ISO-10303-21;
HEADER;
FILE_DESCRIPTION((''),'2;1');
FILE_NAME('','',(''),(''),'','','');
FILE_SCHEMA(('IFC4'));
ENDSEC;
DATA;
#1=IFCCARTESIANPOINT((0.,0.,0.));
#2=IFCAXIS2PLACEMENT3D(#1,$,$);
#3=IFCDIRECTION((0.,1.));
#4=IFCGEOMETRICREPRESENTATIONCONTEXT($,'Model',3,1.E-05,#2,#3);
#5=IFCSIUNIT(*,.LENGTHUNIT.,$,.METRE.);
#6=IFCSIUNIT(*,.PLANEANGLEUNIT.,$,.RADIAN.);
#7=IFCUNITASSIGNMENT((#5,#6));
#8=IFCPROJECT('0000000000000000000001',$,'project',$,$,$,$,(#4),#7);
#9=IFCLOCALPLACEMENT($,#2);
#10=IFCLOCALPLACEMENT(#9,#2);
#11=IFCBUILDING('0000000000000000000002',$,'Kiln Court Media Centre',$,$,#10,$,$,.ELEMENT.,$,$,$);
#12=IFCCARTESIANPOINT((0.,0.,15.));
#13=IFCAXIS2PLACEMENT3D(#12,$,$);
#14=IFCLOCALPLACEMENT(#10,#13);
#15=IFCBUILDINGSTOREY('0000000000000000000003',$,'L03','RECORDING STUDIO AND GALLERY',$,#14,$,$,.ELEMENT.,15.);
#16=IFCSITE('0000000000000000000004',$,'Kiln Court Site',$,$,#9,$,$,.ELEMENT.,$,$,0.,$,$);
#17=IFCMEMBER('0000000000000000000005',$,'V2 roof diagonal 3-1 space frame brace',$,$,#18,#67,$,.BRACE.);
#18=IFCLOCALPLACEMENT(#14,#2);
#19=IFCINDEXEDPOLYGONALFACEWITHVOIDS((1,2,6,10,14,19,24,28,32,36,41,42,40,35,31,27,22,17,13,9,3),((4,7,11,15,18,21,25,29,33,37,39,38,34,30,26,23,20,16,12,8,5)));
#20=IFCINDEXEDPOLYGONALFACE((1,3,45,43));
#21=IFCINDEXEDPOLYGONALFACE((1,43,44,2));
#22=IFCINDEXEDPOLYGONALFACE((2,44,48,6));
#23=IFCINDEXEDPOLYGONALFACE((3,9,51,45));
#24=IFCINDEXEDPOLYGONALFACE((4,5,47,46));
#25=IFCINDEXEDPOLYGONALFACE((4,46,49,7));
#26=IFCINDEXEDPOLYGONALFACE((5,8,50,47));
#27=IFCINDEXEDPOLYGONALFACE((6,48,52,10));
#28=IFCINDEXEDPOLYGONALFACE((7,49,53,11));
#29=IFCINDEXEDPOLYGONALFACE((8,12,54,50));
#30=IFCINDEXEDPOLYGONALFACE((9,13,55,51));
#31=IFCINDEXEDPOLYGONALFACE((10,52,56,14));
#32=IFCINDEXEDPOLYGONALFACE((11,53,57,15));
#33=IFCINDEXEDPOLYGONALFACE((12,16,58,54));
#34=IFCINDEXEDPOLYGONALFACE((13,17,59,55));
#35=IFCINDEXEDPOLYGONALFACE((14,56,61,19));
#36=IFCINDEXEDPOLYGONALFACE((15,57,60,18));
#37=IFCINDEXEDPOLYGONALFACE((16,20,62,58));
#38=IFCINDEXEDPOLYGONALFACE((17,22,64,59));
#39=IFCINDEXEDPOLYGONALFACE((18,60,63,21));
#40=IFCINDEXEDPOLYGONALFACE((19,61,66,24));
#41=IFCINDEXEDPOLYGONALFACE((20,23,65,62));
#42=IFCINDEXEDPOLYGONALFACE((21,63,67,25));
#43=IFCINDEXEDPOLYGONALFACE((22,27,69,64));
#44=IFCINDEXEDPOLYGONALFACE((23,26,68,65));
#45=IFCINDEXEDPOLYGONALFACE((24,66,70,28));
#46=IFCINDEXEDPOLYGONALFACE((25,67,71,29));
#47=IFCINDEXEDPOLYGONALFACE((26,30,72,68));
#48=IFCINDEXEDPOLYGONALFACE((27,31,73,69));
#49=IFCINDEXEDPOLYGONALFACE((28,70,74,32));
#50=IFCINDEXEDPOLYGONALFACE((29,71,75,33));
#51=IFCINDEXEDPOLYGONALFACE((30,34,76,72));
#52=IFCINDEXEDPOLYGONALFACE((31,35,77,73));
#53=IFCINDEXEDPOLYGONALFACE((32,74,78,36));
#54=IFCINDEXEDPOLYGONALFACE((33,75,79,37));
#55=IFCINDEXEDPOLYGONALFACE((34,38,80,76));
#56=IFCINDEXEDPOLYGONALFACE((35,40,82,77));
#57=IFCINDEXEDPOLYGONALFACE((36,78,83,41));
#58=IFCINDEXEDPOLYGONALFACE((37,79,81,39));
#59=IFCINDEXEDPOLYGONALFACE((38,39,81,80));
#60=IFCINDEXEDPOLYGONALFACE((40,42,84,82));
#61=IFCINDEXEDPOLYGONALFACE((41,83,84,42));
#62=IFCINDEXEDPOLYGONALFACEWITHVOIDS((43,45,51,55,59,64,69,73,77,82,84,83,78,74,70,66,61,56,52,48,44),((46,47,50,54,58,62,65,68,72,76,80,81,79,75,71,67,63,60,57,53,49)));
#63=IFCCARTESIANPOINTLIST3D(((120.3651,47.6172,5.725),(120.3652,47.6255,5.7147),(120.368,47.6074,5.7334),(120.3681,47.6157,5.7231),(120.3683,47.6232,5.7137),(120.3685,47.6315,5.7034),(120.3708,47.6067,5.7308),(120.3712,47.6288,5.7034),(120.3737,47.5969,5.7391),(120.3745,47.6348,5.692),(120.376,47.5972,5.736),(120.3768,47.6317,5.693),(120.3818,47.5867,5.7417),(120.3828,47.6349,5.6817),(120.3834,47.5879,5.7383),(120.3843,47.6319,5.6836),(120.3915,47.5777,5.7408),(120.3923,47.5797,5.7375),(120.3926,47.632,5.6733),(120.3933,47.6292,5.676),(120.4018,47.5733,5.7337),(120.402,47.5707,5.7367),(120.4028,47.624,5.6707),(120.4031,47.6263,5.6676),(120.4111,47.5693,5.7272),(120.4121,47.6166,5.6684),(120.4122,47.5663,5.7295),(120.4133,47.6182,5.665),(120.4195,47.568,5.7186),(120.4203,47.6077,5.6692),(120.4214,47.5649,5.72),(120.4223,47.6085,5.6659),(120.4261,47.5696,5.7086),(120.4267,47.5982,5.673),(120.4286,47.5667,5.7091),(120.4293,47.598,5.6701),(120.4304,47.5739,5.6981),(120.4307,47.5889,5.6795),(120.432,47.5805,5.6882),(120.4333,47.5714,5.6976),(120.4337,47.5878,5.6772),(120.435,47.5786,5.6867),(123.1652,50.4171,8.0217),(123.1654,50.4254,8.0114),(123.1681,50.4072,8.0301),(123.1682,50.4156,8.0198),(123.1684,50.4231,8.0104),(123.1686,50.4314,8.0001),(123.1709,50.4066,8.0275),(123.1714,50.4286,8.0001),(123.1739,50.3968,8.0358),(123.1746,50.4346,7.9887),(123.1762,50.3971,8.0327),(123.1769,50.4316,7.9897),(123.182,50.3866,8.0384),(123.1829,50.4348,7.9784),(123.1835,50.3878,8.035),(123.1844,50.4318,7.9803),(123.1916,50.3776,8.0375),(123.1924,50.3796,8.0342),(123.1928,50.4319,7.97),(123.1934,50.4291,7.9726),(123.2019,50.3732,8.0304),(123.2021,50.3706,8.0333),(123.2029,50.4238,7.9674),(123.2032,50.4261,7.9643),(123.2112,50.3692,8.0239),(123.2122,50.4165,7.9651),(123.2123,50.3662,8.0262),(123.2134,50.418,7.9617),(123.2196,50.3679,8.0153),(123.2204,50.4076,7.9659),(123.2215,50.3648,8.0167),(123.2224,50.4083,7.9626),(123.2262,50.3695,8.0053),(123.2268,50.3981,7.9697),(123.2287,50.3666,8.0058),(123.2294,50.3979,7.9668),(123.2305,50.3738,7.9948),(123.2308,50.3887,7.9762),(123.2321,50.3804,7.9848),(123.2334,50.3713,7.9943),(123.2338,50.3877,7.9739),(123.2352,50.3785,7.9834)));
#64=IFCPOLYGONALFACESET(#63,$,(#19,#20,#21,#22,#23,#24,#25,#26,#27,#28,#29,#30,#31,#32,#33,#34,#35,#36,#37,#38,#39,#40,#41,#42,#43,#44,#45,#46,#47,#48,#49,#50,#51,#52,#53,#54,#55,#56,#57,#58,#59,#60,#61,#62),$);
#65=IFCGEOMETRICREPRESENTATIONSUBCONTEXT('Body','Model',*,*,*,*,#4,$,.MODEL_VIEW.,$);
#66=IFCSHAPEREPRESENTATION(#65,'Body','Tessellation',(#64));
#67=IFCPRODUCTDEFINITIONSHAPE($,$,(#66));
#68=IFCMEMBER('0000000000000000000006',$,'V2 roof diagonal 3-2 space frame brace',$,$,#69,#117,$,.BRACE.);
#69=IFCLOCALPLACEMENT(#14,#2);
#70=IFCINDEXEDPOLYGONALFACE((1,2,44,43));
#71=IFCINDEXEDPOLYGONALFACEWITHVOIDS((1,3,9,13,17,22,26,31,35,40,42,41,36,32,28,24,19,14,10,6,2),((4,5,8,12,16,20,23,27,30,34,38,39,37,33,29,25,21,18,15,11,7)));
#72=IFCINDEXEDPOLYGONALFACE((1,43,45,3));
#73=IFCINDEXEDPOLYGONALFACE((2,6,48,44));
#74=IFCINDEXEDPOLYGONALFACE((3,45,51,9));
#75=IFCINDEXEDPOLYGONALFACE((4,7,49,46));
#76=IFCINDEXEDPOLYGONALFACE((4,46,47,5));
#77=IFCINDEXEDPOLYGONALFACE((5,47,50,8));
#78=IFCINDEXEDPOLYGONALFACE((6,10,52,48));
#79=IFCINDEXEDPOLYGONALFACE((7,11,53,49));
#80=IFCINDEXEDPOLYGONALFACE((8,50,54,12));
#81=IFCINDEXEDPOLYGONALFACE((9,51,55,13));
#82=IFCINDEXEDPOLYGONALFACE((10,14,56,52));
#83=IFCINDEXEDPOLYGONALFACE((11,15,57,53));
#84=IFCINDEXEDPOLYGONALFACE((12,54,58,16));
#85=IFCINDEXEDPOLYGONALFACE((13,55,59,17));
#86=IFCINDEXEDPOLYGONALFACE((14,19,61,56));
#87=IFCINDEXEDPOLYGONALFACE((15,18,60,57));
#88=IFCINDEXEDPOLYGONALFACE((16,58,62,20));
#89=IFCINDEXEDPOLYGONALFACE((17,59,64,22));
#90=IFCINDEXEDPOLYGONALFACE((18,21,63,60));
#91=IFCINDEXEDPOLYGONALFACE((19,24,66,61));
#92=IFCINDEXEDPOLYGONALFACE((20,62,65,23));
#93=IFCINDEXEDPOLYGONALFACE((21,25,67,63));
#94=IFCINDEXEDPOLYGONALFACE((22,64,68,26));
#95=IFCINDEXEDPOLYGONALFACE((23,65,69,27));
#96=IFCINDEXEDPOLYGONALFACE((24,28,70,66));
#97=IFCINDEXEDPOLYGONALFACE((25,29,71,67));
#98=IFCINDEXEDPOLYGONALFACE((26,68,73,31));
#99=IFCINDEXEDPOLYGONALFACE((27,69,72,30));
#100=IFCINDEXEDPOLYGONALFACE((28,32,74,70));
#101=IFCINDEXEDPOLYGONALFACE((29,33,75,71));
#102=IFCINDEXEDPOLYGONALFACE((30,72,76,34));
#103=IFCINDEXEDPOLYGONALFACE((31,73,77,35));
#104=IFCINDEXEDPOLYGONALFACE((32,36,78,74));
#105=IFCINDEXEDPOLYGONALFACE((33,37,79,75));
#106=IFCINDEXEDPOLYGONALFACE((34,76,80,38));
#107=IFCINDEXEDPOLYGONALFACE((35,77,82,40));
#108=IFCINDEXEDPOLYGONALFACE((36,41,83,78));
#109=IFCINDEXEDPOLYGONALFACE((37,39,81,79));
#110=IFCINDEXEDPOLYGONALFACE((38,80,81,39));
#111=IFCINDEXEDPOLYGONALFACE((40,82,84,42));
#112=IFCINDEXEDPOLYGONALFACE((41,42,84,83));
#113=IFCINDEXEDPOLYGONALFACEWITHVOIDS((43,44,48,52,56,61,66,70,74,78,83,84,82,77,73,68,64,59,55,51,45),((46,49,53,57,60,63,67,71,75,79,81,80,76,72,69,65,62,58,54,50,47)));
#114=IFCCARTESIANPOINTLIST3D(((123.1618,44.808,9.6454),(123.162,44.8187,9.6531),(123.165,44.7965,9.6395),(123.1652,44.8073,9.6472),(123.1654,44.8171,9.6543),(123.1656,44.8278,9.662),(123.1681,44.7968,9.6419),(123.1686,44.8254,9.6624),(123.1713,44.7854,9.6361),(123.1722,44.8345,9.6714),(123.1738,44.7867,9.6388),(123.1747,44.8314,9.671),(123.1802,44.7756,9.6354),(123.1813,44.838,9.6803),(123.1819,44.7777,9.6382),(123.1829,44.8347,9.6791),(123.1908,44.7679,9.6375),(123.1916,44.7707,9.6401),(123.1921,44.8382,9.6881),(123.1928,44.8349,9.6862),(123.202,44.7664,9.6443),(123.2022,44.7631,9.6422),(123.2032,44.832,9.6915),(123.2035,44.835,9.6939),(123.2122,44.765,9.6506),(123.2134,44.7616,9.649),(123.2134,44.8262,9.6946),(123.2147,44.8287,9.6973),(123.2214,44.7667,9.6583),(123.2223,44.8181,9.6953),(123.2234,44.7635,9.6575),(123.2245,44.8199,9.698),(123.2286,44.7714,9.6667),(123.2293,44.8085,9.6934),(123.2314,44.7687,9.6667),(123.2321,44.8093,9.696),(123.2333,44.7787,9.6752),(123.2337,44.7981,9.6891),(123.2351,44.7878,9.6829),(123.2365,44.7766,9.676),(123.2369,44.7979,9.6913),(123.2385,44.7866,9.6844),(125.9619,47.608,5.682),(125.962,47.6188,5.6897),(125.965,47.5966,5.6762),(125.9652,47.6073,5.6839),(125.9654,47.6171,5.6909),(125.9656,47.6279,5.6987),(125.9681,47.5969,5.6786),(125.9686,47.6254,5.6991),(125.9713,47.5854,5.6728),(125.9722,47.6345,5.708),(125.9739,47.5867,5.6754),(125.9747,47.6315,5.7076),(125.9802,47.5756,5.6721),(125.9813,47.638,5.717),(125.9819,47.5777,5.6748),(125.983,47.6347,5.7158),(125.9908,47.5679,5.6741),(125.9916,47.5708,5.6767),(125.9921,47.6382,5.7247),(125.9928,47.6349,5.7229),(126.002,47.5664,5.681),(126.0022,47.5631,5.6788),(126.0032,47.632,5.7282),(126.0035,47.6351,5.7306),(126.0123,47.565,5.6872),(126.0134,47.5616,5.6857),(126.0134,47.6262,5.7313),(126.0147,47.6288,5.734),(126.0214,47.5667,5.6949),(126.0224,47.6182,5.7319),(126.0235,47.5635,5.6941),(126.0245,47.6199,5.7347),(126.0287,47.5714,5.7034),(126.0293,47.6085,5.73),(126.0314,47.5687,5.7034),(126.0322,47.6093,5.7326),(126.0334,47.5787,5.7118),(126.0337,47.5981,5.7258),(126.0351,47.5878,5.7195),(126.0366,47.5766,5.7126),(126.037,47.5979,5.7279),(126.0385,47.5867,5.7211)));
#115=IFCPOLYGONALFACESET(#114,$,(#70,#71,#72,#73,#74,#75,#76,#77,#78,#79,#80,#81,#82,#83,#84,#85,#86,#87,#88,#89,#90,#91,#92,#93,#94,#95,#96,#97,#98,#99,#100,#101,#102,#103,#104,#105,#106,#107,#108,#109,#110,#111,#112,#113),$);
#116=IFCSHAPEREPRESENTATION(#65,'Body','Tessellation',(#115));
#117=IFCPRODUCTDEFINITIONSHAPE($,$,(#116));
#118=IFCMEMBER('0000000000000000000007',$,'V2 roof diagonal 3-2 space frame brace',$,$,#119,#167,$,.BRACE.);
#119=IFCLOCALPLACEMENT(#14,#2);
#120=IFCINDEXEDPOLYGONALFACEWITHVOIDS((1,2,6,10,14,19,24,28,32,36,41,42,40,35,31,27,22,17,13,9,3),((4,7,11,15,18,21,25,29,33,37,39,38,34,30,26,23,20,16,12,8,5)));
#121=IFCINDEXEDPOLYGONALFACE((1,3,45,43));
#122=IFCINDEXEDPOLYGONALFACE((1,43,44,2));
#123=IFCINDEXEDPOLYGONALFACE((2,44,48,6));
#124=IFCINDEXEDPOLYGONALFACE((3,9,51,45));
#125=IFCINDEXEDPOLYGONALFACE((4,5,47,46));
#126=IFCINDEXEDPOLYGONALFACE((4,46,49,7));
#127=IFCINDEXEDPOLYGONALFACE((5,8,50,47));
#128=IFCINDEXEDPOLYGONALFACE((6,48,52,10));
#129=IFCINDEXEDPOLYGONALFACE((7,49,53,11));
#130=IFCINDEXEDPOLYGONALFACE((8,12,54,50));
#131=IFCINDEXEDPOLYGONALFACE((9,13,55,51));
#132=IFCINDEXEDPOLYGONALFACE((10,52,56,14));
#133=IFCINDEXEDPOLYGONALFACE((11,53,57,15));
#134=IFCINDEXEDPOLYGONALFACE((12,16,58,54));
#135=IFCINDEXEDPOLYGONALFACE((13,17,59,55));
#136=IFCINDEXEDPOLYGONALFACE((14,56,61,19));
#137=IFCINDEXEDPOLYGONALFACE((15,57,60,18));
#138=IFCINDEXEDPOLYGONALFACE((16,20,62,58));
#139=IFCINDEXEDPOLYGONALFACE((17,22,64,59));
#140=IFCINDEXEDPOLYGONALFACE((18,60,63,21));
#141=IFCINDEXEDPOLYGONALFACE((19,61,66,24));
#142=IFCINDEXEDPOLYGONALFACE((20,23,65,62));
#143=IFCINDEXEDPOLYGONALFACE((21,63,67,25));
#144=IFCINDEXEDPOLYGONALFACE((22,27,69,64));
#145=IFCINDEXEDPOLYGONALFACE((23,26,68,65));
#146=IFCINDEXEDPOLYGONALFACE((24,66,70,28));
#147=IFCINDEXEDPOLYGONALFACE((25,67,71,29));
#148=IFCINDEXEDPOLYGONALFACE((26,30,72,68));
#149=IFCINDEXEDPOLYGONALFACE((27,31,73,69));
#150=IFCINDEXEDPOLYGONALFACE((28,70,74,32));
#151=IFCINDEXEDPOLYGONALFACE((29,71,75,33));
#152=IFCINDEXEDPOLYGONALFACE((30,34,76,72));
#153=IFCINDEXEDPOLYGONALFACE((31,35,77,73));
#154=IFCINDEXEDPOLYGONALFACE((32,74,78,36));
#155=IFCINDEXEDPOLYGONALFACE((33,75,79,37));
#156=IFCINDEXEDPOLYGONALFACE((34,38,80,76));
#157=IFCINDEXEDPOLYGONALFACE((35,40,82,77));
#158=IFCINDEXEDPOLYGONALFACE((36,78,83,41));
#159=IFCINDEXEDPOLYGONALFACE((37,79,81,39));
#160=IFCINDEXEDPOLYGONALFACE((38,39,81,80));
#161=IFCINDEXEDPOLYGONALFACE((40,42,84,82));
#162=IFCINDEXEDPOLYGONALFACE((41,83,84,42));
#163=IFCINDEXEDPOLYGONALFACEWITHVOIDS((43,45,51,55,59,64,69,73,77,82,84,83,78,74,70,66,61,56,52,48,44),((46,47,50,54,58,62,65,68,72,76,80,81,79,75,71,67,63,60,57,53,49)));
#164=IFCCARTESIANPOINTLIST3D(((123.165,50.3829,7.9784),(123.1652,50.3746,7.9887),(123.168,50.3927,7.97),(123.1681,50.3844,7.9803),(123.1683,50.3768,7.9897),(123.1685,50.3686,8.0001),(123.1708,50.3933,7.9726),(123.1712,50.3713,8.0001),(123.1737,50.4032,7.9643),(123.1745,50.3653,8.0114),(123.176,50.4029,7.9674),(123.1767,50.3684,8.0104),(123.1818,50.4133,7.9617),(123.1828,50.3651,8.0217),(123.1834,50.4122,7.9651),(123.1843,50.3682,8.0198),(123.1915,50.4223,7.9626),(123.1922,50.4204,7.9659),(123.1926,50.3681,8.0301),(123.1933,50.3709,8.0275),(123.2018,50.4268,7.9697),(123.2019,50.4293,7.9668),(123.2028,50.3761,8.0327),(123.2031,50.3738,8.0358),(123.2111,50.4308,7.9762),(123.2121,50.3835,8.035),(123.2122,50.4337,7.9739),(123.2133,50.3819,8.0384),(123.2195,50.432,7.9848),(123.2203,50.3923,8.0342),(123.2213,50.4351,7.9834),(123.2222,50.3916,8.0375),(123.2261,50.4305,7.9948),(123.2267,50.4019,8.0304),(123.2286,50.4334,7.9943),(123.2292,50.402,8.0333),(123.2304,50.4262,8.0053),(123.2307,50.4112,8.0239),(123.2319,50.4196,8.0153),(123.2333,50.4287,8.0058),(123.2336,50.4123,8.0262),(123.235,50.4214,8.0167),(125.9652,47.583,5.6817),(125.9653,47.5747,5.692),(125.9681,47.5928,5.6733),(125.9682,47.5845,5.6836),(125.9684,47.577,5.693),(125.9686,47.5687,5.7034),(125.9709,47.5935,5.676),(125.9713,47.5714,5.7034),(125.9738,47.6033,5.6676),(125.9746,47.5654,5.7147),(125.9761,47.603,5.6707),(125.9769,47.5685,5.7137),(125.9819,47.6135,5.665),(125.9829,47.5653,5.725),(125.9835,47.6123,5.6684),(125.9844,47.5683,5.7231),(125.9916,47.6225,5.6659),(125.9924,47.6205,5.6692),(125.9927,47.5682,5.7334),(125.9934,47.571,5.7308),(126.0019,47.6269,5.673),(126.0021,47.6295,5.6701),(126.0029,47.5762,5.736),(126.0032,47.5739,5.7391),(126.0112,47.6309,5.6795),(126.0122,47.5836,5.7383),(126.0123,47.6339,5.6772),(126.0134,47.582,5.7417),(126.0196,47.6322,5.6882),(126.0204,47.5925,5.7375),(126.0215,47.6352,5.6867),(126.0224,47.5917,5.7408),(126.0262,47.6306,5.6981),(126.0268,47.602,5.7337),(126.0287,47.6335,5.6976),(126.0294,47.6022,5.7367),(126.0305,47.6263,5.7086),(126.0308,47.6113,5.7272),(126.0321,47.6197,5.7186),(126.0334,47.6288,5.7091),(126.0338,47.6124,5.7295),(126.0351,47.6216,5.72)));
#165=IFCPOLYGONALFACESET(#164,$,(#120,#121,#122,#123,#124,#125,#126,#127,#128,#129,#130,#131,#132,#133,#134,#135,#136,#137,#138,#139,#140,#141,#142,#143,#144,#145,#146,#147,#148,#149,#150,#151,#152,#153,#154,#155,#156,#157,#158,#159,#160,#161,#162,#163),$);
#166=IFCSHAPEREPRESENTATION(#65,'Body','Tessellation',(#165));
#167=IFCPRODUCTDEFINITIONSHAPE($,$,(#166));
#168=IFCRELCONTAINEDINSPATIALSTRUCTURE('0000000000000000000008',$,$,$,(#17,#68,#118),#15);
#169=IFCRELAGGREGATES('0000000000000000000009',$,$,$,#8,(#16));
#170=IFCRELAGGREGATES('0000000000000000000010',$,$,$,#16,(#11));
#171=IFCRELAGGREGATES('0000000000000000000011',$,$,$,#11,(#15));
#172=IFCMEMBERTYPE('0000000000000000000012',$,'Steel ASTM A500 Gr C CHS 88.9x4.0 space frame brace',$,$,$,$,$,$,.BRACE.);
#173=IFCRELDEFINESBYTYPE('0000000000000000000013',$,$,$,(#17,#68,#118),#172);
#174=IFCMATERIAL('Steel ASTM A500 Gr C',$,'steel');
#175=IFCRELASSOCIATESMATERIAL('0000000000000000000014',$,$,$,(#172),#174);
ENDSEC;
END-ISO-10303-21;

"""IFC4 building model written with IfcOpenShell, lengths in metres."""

from ifc_helpers import new_model, si_unit, direction, frame, origin, origin_2d, place, context, subcontext, project, spatial, hollow_circle, extrude, material, material_profile, profile_set, type_object, element, save


model = new_model("IFC4")

# Units and contexts
model_context = context("Model", 3, precision=1e-05, world=origin(), true_north=direction((0.0, 1.0)))
body_context = subcontext(model_context, "Body", "Model", "MODEL_VIEW")
ifc_project = project(units=[si_unit("LENGTHUNIT", "METRE"), si_unit("PLANEANGLEUNIT", "RADIAN")], contexts=[model_context])

# Site, building, storey
site_placement = place(None, origin())
site = spatial("IfcSite", under=ifc_project, at=site_placement, Name="Kiln Court Site", CompositionType="ELEMENT", RefElevation=0.0)
building_placement = place(site_placement, origin())
building = spatial("IfcBuilding", under=site, at=building_placement, Name="Kiln Court Media Centre", CompositionType="ELEMENT")
storey_placement = place(building_placement, frame((0.0, 0.0, 15.0)))
storey = spatial("IfcBuildingStorey", under=building, at=storey_placement, Name="L03", Description="RECORDING STUDIO AND GALLERY", CompositionType="ELEMENT", Elevation=15.0)

# Members
ifc_material_1 = material(Name="Steel ASTM A500 Gr C", Category="steel")
ifc_material_profile_1 = material_profile(ifc_material_1, hollow_circle(Radius=0.0444, WallThickness=0.0039, at=origin_2d()), Name="CHS 88.9x4.0")
ifc_profile_set_1 = profile_set([ifc_material_profile_1], Name="Steel ASTM A500 Gr C")
member_type_1 = type_object("IfcMemberType", Name="Steel ASTM A500 Gr C CHS 88.9x4.0 space frame brace", PredefinedType="BRACE", material=ifc_profile_set_1)
member_1_placement = place(storey_placement, frame((120.3999, 47.6001, 5.7034), z_axis=(0.611696, 0.611642, 0.501719), x_axis=(-0.707076, 0.707138, 0.0)))
element("IfcMember", 1, at=member_1_placement, inside=storey, type_object=member_type_1, Name="V2 roof diagonal 3-1 space frame brace", PredefinedType="BRACE", context=body_context, shape_type="SweptSolid", body=[
    extrude(hollow_circle(Radius=0.0444, WallThickness=0.0039, at=origin_2d()), origin(), (0.0, 0.0, 1.0), 4.5776),
])
member_2_placement = place(storey_placement, frame((126.0, 47.6001, 5.7034), z_axis=(-0.499778, -0.499778, 0.70742), x_axis=(0.707107, -0.707107, 0.0)))
element("IfcMember", 2, at=member_2_placement, inside=storey, type_object=member_type_1, Name="V2 roof diagonal 3-2 space frame brace", PredefinedType="BRACE", context=body_context, shape_type="SweptSolid", body=[
    extrude(hollow_circle(Radius=0.0444, WallThickness=0.0039, at=origin_2d()), origin(), (0.0, 0.0, 1.0), 5.6025),
])
member_3_placement = place(storey_placement, frame((126.0, 47.6001, 5.7034), z_axis=(-0.611696, 0.611642, 0.501719), x_axis=(-0.707076, -0.707138, 0.0)))
element("IfcMember", 3, at=member_3_placement, inside=storey, type_object=member_type_1, Name="V2 roof diagonal 3-2 space frame brace", PredefinedType="BRACE", context=body_context, shape_type="SweptSolid", body=[
    extrude(hollow_circle(Radius=0.0444, WallThickness=0.0039, at=origin_2d()), origin(), (0.0, 0.0, 1.0), 4.5776),
])

save(model, "model.ifc")
